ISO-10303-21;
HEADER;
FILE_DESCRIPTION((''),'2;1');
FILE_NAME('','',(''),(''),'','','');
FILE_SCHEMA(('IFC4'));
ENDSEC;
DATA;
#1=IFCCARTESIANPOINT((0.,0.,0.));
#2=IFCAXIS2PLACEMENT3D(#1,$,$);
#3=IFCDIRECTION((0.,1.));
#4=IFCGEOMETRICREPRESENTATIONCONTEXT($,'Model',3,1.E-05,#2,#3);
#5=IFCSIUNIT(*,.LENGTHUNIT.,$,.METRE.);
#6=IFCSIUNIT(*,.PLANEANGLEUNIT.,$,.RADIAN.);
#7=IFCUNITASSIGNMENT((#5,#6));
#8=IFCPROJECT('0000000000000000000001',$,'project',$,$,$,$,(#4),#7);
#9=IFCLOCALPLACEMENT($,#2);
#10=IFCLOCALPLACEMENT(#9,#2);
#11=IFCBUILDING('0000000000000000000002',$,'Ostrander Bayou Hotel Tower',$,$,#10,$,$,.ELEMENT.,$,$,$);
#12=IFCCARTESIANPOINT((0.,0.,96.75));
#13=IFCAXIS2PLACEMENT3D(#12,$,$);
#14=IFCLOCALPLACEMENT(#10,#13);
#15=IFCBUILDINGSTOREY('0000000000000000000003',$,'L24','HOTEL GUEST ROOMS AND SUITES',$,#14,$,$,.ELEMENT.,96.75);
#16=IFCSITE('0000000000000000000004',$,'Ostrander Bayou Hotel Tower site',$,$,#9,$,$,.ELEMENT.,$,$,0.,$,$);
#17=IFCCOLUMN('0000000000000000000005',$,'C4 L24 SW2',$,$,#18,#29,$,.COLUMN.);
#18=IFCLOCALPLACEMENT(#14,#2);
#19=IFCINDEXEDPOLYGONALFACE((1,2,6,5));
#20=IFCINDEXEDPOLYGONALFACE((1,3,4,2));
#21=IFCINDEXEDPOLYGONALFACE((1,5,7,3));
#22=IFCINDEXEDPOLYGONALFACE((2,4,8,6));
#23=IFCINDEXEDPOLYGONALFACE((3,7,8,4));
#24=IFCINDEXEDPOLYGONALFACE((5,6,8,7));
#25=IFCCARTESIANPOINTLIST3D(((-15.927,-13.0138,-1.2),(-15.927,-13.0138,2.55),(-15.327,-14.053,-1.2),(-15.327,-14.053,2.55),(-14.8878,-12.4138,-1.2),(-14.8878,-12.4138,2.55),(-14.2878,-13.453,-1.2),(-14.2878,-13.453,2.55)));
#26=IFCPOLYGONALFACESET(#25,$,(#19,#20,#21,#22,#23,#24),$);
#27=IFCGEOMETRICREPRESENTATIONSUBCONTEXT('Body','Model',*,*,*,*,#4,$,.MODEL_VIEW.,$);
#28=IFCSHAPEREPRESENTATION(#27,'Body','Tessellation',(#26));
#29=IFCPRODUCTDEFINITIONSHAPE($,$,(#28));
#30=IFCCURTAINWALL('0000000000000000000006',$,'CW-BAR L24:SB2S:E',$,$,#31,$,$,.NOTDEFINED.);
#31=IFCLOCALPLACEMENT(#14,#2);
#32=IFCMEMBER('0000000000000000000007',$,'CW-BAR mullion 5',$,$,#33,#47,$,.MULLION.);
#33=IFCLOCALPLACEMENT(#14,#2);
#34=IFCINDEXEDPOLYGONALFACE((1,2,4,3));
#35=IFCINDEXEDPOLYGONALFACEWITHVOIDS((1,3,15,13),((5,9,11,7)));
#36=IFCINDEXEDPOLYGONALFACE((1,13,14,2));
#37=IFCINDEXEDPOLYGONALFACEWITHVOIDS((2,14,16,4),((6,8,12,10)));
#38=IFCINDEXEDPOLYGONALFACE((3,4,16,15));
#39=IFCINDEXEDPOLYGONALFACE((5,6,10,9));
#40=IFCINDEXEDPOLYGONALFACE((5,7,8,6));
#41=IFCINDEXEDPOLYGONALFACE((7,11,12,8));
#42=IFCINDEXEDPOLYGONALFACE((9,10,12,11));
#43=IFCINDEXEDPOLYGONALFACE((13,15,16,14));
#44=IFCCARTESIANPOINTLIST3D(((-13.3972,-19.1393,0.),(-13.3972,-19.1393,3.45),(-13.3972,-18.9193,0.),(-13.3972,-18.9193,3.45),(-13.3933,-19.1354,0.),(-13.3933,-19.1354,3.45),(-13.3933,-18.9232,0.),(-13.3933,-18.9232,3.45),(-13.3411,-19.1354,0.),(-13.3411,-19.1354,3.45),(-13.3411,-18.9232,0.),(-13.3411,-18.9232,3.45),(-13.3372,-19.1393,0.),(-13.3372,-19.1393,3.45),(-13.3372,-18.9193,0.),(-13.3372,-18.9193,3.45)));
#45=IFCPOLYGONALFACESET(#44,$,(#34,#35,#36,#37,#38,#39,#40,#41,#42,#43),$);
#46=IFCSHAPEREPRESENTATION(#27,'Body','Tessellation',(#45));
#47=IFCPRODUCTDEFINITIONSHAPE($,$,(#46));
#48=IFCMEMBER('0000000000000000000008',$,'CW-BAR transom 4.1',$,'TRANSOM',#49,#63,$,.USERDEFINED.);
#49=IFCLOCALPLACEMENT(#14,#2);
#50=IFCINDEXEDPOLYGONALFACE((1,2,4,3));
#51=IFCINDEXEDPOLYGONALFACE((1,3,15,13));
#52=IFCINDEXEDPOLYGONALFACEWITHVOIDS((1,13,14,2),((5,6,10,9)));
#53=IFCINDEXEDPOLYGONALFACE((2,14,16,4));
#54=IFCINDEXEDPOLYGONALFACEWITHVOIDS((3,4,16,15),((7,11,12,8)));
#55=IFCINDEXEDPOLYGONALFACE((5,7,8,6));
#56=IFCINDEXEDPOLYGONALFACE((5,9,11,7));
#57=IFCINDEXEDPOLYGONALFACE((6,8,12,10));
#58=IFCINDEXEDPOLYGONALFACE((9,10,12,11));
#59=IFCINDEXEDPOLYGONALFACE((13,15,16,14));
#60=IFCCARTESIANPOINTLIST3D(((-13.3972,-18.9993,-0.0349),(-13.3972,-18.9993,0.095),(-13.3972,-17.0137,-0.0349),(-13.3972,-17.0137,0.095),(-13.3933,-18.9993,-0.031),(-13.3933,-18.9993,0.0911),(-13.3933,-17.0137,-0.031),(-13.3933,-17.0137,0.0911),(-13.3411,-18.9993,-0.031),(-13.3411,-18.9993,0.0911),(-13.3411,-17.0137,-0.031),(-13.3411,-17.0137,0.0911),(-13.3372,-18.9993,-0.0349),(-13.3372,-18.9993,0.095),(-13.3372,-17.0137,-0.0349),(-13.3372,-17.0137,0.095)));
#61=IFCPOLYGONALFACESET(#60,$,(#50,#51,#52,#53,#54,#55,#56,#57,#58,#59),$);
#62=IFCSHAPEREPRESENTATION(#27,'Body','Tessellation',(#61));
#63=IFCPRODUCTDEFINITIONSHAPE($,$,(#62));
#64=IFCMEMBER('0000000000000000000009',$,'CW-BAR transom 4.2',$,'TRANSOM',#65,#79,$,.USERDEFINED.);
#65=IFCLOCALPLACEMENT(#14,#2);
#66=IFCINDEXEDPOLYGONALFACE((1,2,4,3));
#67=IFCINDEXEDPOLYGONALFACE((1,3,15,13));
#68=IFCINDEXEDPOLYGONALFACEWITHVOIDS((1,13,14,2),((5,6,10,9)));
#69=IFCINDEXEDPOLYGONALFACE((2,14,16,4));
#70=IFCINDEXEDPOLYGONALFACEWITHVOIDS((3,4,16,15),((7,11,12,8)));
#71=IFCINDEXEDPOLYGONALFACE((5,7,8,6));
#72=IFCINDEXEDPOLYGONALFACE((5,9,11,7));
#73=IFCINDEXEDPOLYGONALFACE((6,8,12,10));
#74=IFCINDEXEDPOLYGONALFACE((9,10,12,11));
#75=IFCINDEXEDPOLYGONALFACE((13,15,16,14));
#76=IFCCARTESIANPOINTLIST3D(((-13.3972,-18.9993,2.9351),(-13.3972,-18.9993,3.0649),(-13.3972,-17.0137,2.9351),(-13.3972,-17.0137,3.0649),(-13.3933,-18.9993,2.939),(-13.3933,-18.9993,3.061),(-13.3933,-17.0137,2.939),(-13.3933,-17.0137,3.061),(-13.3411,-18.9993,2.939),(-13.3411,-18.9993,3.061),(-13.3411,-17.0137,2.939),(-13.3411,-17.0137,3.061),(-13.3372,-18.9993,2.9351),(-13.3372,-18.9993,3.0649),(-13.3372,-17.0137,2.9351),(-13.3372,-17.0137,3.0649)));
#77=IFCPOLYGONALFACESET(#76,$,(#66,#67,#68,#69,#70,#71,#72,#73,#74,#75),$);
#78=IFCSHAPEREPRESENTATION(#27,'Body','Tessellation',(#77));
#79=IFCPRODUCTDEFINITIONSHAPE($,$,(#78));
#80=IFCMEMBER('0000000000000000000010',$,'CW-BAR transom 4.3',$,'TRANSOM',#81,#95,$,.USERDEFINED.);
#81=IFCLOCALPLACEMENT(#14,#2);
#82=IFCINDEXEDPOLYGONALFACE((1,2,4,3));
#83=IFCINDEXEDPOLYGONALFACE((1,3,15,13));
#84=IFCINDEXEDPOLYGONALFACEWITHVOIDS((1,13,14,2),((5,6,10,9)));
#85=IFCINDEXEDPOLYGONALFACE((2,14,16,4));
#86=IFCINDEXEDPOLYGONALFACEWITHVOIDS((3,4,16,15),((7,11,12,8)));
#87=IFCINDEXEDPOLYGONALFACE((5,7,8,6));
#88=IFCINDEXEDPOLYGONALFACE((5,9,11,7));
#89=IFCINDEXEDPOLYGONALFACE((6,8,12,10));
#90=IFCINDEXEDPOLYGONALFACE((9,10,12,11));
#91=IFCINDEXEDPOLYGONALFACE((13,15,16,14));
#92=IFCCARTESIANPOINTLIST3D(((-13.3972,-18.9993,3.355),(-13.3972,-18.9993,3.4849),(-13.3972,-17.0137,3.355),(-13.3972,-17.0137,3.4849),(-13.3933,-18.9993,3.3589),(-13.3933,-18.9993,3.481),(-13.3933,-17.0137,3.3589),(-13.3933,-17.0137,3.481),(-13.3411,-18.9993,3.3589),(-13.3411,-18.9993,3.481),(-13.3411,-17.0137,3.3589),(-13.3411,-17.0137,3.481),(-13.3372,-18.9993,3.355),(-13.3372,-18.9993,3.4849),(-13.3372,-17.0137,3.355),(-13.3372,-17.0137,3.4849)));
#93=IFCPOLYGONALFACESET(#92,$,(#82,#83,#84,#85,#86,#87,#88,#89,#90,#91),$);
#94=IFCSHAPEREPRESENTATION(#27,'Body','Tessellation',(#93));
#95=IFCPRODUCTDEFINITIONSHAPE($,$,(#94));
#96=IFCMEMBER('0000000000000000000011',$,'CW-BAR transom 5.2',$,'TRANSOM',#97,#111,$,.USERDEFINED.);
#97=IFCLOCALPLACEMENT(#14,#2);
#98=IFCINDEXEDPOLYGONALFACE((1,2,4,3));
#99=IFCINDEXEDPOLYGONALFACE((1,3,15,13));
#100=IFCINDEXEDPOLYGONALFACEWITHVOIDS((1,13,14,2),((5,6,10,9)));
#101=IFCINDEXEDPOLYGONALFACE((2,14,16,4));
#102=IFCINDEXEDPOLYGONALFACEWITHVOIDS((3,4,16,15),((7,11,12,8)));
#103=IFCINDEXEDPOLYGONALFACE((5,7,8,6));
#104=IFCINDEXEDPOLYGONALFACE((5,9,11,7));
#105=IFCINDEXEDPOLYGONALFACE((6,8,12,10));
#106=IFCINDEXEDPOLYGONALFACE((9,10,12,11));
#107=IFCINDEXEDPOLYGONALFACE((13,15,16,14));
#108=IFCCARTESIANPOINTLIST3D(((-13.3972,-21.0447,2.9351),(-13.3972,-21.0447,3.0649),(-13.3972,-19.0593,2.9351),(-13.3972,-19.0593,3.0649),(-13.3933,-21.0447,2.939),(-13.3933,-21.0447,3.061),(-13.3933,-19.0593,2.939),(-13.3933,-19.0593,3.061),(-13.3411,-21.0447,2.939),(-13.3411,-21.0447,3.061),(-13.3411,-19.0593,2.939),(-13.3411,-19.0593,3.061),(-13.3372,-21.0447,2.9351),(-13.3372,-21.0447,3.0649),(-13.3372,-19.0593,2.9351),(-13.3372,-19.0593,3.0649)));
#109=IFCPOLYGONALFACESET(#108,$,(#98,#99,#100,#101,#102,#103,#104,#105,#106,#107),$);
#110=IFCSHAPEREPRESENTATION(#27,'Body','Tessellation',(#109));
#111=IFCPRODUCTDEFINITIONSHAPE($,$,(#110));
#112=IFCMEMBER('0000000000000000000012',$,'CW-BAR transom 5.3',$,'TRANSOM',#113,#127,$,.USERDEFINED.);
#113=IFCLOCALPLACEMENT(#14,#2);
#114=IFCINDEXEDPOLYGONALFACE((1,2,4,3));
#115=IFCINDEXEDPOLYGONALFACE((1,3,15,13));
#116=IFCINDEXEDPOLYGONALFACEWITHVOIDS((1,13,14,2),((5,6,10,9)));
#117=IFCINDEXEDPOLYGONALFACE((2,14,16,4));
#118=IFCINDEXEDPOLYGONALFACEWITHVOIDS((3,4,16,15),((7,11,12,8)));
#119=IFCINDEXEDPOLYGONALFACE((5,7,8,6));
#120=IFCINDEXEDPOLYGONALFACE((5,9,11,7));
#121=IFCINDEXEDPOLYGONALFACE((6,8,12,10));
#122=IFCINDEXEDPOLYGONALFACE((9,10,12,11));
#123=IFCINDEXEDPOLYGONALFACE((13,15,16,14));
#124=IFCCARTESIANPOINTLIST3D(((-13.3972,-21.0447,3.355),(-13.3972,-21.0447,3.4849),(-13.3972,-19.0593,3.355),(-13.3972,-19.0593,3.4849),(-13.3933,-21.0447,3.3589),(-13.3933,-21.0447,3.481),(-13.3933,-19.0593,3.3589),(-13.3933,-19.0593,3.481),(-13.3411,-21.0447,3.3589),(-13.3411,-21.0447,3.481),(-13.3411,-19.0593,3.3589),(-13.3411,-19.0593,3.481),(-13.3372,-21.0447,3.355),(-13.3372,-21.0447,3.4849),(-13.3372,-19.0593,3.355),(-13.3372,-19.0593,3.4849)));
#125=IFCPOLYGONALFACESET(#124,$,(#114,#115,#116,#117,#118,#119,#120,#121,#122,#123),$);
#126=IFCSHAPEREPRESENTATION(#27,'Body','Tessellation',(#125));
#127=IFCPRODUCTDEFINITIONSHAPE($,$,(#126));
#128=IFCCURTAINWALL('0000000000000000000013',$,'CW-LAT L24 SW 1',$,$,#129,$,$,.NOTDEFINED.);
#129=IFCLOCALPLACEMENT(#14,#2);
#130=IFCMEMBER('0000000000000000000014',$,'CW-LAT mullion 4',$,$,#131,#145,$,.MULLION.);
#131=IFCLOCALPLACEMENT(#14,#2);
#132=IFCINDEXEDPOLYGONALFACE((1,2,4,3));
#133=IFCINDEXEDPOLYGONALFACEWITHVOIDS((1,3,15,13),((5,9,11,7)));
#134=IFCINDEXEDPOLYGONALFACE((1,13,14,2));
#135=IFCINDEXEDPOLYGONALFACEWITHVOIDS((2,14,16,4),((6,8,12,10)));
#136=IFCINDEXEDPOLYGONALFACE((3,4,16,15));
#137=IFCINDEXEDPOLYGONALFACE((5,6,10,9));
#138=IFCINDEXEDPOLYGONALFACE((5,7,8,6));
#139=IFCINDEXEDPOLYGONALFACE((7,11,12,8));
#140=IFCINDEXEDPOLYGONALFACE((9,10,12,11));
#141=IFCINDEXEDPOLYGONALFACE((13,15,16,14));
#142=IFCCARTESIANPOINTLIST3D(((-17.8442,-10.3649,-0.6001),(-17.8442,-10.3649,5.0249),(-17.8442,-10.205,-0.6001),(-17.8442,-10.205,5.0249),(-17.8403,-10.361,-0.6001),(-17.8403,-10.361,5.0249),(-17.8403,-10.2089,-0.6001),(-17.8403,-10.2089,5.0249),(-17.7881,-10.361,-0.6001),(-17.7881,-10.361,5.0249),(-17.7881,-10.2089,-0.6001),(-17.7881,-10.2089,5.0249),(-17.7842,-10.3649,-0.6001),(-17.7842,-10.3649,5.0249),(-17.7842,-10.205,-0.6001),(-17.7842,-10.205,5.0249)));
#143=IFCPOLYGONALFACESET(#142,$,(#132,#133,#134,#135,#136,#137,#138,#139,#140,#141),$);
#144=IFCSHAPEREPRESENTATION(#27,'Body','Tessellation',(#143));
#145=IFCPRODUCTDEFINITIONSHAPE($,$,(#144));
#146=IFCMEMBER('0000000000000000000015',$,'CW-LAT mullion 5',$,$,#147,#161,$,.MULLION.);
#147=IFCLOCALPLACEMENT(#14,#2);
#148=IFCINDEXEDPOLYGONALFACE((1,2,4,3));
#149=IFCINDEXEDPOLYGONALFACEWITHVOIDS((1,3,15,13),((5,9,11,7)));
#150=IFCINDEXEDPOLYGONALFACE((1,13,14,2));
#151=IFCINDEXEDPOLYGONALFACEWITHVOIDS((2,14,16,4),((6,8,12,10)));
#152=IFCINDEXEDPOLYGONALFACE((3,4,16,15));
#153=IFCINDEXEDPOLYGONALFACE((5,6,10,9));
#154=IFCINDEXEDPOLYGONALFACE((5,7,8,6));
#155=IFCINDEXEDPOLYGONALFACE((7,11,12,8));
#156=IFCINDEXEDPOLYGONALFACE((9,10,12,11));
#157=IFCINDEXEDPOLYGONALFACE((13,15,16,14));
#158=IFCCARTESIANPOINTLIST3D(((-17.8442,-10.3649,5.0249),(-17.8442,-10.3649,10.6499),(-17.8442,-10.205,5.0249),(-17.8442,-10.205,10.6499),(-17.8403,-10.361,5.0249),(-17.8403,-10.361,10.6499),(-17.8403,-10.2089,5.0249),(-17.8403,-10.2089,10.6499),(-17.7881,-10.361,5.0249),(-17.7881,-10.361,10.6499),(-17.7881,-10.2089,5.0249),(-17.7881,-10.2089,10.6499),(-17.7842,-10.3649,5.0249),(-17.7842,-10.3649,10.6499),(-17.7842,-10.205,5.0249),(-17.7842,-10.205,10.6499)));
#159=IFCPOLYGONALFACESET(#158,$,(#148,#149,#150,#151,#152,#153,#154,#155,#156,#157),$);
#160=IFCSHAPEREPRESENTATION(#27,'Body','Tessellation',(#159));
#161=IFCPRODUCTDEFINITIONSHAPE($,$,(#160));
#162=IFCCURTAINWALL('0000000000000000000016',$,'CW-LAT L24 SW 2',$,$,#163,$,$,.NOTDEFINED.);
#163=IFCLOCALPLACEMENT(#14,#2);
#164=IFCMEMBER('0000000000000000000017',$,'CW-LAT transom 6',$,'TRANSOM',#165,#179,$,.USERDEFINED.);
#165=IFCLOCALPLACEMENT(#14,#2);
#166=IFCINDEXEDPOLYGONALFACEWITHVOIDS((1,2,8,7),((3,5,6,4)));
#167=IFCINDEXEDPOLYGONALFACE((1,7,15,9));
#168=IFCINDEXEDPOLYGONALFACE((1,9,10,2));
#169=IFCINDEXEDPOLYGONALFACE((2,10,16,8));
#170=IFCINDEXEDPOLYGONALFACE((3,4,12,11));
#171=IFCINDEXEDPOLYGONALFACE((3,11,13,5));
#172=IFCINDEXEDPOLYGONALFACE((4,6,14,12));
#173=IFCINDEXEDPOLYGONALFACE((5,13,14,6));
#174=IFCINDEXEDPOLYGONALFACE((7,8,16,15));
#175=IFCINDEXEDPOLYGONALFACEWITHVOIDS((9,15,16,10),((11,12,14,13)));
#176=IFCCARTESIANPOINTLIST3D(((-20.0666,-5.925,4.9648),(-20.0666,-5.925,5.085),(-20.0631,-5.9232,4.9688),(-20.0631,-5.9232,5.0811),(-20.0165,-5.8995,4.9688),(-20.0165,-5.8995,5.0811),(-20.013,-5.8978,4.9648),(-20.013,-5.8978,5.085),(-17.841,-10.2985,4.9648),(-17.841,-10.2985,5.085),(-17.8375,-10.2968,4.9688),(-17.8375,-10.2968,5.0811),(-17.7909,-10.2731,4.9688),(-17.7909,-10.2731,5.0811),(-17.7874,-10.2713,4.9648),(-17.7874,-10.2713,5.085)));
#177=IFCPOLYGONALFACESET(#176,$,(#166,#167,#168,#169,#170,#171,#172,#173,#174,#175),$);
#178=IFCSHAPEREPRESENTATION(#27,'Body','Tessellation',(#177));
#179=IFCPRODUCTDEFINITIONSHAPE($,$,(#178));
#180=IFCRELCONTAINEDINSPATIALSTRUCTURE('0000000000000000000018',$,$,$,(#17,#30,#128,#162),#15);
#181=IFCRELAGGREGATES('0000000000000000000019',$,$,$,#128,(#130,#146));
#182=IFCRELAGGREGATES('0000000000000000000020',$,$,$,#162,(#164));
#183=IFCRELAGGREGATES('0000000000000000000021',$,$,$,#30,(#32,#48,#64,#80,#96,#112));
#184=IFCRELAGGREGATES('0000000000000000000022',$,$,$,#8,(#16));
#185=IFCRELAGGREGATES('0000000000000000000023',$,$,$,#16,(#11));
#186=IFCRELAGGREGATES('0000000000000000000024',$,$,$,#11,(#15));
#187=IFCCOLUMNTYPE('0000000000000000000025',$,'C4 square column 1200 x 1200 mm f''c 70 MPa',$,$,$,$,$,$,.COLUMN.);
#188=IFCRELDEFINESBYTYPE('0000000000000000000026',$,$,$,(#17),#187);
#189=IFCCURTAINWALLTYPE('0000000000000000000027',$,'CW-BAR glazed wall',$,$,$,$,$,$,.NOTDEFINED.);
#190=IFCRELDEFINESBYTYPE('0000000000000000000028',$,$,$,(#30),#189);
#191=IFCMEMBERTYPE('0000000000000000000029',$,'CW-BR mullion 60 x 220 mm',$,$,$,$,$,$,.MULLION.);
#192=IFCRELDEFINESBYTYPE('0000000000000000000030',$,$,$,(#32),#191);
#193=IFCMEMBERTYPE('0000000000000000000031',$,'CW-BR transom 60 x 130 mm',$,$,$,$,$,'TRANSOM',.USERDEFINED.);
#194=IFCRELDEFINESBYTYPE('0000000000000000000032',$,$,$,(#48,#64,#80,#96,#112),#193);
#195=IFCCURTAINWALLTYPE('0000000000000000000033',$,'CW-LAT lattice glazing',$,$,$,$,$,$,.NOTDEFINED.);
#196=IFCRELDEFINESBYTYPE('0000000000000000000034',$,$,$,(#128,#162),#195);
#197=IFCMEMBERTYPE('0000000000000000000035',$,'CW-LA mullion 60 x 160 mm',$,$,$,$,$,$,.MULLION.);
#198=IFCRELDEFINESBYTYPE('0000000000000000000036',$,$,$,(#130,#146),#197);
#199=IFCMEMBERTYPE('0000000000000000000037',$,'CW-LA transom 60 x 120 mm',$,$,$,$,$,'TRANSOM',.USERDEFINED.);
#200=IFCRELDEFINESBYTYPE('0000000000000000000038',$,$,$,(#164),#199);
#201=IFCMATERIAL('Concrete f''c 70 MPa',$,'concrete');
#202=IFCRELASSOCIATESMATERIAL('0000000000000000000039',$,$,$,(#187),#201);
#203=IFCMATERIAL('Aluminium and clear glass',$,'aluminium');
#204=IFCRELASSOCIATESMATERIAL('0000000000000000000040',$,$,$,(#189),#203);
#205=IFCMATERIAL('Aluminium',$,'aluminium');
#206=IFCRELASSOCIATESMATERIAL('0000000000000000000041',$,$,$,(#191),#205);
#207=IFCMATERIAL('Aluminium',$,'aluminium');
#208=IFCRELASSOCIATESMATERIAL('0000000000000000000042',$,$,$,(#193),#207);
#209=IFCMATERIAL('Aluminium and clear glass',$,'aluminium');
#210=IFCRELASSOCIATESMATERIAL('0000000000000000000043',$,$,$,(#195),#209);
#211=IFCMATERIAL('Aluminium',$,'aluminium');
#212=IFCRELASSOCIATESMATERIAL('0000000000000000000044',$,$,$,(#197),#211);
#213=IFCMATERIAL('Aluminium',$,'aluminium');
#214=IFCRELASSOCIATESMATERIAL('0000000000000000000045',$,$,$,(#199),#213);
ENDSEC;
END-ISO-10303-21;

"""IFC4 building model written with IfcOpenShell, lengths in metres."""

from ifc_helpers import new_model, si_unit, direction, frame, origin, origin_2d, place, context, subcontext, project, spatial, rectangle, hollow_rectangle, extrude, material, material_profile, profile_set, type_object, element, aggregate, save


model = new_model("IFC4")

# Units and contexts
model_context = context("Model", 3, precision=1e-05, world=origin(), true_north=direction((0.0, 1.0)))
body_context = subcontext(model_context, "Body", "Model", "MODEL_VIEW")
ifc_project = project(units=[si_unit("LENGTHUNIT", "METRE"), si_unit("PLANEANGLEUNIT", "RADIAN")], contexts=[model_context])

# Site, building, storey
site_placement = place(None, origin())
site = spatial("IfcSite", under=ifc_project, at=site_placement, Name="Ostrander Bayou Hotel Tower site", CompositionType="ELEMENT", RefElevation=0.0)
building_placement = place(site_placement, origin())
building = spatial("IfcBuilding", under=site, at=building_placement, Name="Ostrander Bayou Hotel Tower", CompositionType="ELEMENT")
storey_placement = place(building_placement, frame((0.0, 0.0, 96.75)))
storey = spatial("IfcBuildingStorey", under=building, at=storey_placement, Name="L24", Description="HOTEL GUEST ROOMS AND SUITES", CompositionType="ELEMENT", Elevation=96.75)

# Column
ifc_material_1 = material(Name="Concrete f'c 70 MPa", Category="concrete")
ifc_material_profile_1 = material_profile(ifc_material_1, rectangle(XDim=1.2, YDim=1.2, at=origin_2d()))
ifc_profile_set_1 = profile_set([ifc_material_profile_1], Name="Concrete f'c 70 MPa")
column_type = type_object("IfcColumnType", Name="C4 square column 1200 x 1200 mm f'c 70 MPa", PredefinedType="COLUMN", material=ifc_profile_set_1)
column_placement = place(storey_placement, frame((-15.1074, -13.2334, -1.2), z_axis=(0.0, 0.0, 1.0), x_axis=(-0.5, 0.866025, 0.0)))
element("IfcColumn", 1, at=column_placement, inside=storey, type_object=column_type, Name="C4 L24 SW2", PredefinedType="COLUMN", context=body_context, shape_type="SweptSolid", body=[
    extrude(rectangle(XDim=1.2, YDim=1.2, at=origin_2d()), origin(), (0.0, 0.0, 1.0), 3.75),
])

# Curtain walls, members
ifc_material_2 = material(Name="Aluminium and clear glass", Category="aluminium")
curtain_wall_type_1 = type_object("IfcCurtainWallType", Name="CW-BAR glazed wall", PredefinedType="NOTDEFINED", material=ifc_material_2)
curtain_wall_1_placement = place(storey_placement, origin())
curtain_wall_1 = element("IfcCurtainWall", 2, at=curtain_wall_1_placement, inside=storey, type_object=curtain_wall_type_1, Name="CW-BAR L24:SB2S:E", PredefinedType="NOTDEFINED")
ifc_material_3 = material(Name="Aluminium", Category="aluminium")
ifc_material_profile_2 = material_profile(ifc_material_3, hollow_rectangle(XDim=0.0601, YDim=0.22, WallThickness=0.0039, at=origin_2d()))
ifc_profile_set_2 = profile_set([ifc_material_profile_2], Name="Aluminium")
member_type_1 = type_object("IfcMemberType", Name="CW-BR mullion 60 x 220 mm", PredefinedType="MULLION", material=ifc_profile_set_2)
member_1_placement = place(storey_placement, frame((-13.3672, -19.0293, 0.0), z_axis=(0.0, 0.0, 1.0), x_axis=(1.0, 0.0, 0.0)))
member_1 = element("IfcMember", 3, at=member_1_placement, type_object=member_type_1, Name="CW-BAR mullion 5", PredefinedType="MULLION", context=body_context, shape_type="SweptSolid", body=[
    extrude(hollow_rectangle(XDim=0.0601, YDim=0.22, WallThickness=0.0039, at=origin_2d()), origin(), (0.0, 0.0, 1.0), 3.45),
])
ifc_material_4 = material(Name="Aluminium", Category="aluminium")
ifc_material_profile_3 = material_profile(ifc_material_4, hollow_rectangle(XDim=0.0601, YDim=0.1299, WallThickness=0.0039, at=origin_2d()))
ifc_profile_set_3 = profile_set([ifc_material_profile_3], Name="Aluminium")
member_type_2 = type_object("IfcMemberType", Name="CW-BR transom 60 x 130 mm", ElementType="TRANSOM", PredefinedType="USERDEFINED", material=ifc_profile_set_3)
member_2_placement = place(storey_placement, frame((-13.3672, -17.0137, 0.03), z_axis=(0.0, -1.0, 0.0), x_axis=(1.0, 0.0, 0.0)))
member_2 = element("IfcMember", 4, at=member_2_placement, type_object=member_type_2, Name="CW-BAR transom 4.1", ObjectType="TRANSOM", PredefinedType="USERDEFINED", context=body_context, shape_type="SweptSolid", body=[
    extrude(hollow_rectangle(XDim=0.0601, YDim=0.1299, WallThickness=0.0039, at=origin_2d()), origin(), (0.0, 0.0, 1.0), 1.9856),
])
member_3_placement = place(storey_placement, frame((-13.3672, -17.0137, 3.0), z_axis=(0.0, -1.0, 0.0), x_axis=(1.0, 0.0, 0.0)))
member_3 = element("IfcMember", 5, at=member_3_placement, type_object=member_type_2, Name="CW-BAR transom 4.2", ObjectType="TRANSOM", PredefinedType="USERDEFINED", context=body_context, shape_type="SweptSolid", body=[
    extrude(hollow_rectangle(XDim=0.0601, YDim=0.1299, WallThickness=0.0039, at=origin_2d()), origin(), (0.0, 0.0, 1.0), 1.9856),
])
member_4_placement = place(storey_placement, frame((-13.3672, -17.0137, 3.4199), z_axis=(0.0, -1.0, 0.0), x_axis=(1.0, 0.0, 0.0)))
member_4 = element("IfcMember", 6, at=member_4_placement, type_object=member_type_2, Name="CW-BAR transom 4.3", ObjectType="TRANSOM", PredefinedType="USERDEFINED", context=body_context, shape_type="SweptSolid", body=[
    extrude(hollow_rectangle(XDim=0.0601, YDim=0.1299, WallThickness=0.0039, at=origin_2d()), origin(), (0.0, 0.0, 1.0), 1.9856),
])
member_5_placement = place(storey_placement, frame((-13.3672, -19.0593, 3.0), z_axis=(0.0, -1.0, 0.0), x_axis=(1.0, 0.0, 0.0)))
member_5 = element("IfcMember", 7, at=member_5_placement, type_object=member_type_2, Name="CW-BAR transom 5.2", ObjectType="TRANSOM", PredefinedType="USERDEFINED", context=body_context, shape_type="SweptSolid", body=[
    extrude(hollow_rectangle(XDim=0.0601, YDim=0.1299, WallThickness=0.0039, at=origin_2d()), origin(), (0.0, 0.0, 1.0), 1.9854),
])
member_6_placement = place(storey_placement, frame((-13.3672, -19.0593, 3.4199), z_axis=(0.0, -1.0, 0.0), x_axis=(1.0, 0.0, 0.0)))
member_6 = element("IfcMember", 8, at=member_6_placement, type_object=member_type_2, Name="CW-BAR transom 5.3", ObjectType="TRANSOM", PredefinedType="USERDEFINED", context=body_context, shape_type="SweptSolid", body=[
    extrude(hollow_rectangle(XDim=0.0601, YDim=0.1299, WallThickness=0.0039, at=origin_2d()), origin(), (0.0, 0.0, 1.0), 1.9854),
])
ifc_material_5 = material(Name="Aluminium and clear glass", Category="aluminium")
curtain_wall_type_2 = type_object("IfcCurtainWallType", Name="CW-LAT lattice glazing", PredefinedType="NOTDEFINED", material=ifc_material_5)
curtain_wall_2_placement = place(storey_placement, origin())
curtain_wall_2 = element("IfcCurtainWall", 9, at=curtain_wall_2_placement, inside=storey, type_object=curtain_wall_type_2, Name="CW-LAT L24 SW 1", PredefinedType="NOTDEFINED")
ifc_material_6 = material(Name="Aluminium", Category="aluminium")
ifc_material_profile_4 = material_profile(ifc_material_6, hollow_rectangle(XDim=0.0601, YDim=0.1599, WallThickness=0.0039, at=origin_2d()))
ifc_profile_set_4 = profile_set([ifc_material_profile_4], Name="Aluminium")
member_type_3 = type_object("IfcMemberType", Name="CW-LA mullion 60 x 160 mm", PredefinedType="MULLION", material=ifc_profile_set_4)
member_7_placement = place(storey_placement, frame((-17.8142, -10.2849, -0.6001), z_axis=(0.0, 0.0, 1.0), x_axis=(1.0, 0.0, 0.0)))
member_7 = element("IfcMember", 10, at=member_7_placement, type_object=member_type_3, Name="CW-LAT mullion 4", PredefinedType="MULLION", context=body_context, shape_type="SweptSolid", body=[
    extrude(hollow_rectangle(XDim=0.0601, YDim=0.1599, WallThickness=0.0039, at=origin_2d()), origin(), (0.0, 0.0, 1.0), 5.625),
])
member_8_placement = place(storey_placement, frame((-17.8142, -10.2849, 5.0249), z_axis=(0.0, 0.0, 1.0), x_axis=(1.0, 0.0, 0.0)))
member_8 = element("IfcMember", 11, at=member_8_placement, type_object=member_type_3, Name="CW-LAT mullion 5", PredefinedType="MULLION", context=body_context, shape_type="SweptSolid", body=[
    extrude(hollow_rectangle(XDim=0.0601, YDim=0.1599, WallThickness=0.0039, at=origin_2d()), origin(), (0.0, 0.0, 1.0), 5.625),
])
aggregate(curtain_wall_2, [member_7, member_8])
curtain_wall_3_placement = place(storey_placement, origin())
curtain_wall_3 = element("IfcCurtainWall", 12, at=curtain_wall_3_placement, inside=storey, type_object=curtain_wall_type_2, Name="CW-LAT L24 SW 2", PredefinedType="NOTDEFINED")
ifc_material_7 = material(Name="Aluminium", Category="aluminium")
ifc_material_profile_5 = material_profile(ifc_material_7, hollow_rectangle(XDim=0.0601, YDim=0.1201, WallThickness=0.0039, at=origin_2d()))
ifc_profile_set_5 = profile_set([ifc_material_profile_5], Name="Aluminium")
member_type_4 = type_object("IfcMemberType", Name="CW-LA transom 60 x 120 mm", ElementType="TRANSOM", PredefinedType="USERDEFINED", material=ifc_profile_set_5)
member_9_placement = place(storey_placement, frame((-17.8142, -10.2849, 5.0249), z_axis=(-0.453531, 0.891241, 0.0), x_axis=(-0.891241, -0.453531, 0.0)))
member_9 = element("IfcMember", 13, at=member_9_placement, type_object=member_type_4, Name="CW-LAT transom 6", ObjectType="TRANSOM", PredefinedType="USERDEFINED", context=body_context, shape_type="SweptSolid", body=[
    extrude(hollow_rectangle(XDim=0.0601, YDim=0.1201, WallThickness=0.0039, at=origin_2d()), origin(), (0.0, 0.0, 1.0), 4.9072),
])
aggregate(curtain_wall_3, [member_9])

aggregate(curtain_wall_1, [member_1, member_2, member_3, member_4, member_5, member_6])

save(model, "model.ifc")
